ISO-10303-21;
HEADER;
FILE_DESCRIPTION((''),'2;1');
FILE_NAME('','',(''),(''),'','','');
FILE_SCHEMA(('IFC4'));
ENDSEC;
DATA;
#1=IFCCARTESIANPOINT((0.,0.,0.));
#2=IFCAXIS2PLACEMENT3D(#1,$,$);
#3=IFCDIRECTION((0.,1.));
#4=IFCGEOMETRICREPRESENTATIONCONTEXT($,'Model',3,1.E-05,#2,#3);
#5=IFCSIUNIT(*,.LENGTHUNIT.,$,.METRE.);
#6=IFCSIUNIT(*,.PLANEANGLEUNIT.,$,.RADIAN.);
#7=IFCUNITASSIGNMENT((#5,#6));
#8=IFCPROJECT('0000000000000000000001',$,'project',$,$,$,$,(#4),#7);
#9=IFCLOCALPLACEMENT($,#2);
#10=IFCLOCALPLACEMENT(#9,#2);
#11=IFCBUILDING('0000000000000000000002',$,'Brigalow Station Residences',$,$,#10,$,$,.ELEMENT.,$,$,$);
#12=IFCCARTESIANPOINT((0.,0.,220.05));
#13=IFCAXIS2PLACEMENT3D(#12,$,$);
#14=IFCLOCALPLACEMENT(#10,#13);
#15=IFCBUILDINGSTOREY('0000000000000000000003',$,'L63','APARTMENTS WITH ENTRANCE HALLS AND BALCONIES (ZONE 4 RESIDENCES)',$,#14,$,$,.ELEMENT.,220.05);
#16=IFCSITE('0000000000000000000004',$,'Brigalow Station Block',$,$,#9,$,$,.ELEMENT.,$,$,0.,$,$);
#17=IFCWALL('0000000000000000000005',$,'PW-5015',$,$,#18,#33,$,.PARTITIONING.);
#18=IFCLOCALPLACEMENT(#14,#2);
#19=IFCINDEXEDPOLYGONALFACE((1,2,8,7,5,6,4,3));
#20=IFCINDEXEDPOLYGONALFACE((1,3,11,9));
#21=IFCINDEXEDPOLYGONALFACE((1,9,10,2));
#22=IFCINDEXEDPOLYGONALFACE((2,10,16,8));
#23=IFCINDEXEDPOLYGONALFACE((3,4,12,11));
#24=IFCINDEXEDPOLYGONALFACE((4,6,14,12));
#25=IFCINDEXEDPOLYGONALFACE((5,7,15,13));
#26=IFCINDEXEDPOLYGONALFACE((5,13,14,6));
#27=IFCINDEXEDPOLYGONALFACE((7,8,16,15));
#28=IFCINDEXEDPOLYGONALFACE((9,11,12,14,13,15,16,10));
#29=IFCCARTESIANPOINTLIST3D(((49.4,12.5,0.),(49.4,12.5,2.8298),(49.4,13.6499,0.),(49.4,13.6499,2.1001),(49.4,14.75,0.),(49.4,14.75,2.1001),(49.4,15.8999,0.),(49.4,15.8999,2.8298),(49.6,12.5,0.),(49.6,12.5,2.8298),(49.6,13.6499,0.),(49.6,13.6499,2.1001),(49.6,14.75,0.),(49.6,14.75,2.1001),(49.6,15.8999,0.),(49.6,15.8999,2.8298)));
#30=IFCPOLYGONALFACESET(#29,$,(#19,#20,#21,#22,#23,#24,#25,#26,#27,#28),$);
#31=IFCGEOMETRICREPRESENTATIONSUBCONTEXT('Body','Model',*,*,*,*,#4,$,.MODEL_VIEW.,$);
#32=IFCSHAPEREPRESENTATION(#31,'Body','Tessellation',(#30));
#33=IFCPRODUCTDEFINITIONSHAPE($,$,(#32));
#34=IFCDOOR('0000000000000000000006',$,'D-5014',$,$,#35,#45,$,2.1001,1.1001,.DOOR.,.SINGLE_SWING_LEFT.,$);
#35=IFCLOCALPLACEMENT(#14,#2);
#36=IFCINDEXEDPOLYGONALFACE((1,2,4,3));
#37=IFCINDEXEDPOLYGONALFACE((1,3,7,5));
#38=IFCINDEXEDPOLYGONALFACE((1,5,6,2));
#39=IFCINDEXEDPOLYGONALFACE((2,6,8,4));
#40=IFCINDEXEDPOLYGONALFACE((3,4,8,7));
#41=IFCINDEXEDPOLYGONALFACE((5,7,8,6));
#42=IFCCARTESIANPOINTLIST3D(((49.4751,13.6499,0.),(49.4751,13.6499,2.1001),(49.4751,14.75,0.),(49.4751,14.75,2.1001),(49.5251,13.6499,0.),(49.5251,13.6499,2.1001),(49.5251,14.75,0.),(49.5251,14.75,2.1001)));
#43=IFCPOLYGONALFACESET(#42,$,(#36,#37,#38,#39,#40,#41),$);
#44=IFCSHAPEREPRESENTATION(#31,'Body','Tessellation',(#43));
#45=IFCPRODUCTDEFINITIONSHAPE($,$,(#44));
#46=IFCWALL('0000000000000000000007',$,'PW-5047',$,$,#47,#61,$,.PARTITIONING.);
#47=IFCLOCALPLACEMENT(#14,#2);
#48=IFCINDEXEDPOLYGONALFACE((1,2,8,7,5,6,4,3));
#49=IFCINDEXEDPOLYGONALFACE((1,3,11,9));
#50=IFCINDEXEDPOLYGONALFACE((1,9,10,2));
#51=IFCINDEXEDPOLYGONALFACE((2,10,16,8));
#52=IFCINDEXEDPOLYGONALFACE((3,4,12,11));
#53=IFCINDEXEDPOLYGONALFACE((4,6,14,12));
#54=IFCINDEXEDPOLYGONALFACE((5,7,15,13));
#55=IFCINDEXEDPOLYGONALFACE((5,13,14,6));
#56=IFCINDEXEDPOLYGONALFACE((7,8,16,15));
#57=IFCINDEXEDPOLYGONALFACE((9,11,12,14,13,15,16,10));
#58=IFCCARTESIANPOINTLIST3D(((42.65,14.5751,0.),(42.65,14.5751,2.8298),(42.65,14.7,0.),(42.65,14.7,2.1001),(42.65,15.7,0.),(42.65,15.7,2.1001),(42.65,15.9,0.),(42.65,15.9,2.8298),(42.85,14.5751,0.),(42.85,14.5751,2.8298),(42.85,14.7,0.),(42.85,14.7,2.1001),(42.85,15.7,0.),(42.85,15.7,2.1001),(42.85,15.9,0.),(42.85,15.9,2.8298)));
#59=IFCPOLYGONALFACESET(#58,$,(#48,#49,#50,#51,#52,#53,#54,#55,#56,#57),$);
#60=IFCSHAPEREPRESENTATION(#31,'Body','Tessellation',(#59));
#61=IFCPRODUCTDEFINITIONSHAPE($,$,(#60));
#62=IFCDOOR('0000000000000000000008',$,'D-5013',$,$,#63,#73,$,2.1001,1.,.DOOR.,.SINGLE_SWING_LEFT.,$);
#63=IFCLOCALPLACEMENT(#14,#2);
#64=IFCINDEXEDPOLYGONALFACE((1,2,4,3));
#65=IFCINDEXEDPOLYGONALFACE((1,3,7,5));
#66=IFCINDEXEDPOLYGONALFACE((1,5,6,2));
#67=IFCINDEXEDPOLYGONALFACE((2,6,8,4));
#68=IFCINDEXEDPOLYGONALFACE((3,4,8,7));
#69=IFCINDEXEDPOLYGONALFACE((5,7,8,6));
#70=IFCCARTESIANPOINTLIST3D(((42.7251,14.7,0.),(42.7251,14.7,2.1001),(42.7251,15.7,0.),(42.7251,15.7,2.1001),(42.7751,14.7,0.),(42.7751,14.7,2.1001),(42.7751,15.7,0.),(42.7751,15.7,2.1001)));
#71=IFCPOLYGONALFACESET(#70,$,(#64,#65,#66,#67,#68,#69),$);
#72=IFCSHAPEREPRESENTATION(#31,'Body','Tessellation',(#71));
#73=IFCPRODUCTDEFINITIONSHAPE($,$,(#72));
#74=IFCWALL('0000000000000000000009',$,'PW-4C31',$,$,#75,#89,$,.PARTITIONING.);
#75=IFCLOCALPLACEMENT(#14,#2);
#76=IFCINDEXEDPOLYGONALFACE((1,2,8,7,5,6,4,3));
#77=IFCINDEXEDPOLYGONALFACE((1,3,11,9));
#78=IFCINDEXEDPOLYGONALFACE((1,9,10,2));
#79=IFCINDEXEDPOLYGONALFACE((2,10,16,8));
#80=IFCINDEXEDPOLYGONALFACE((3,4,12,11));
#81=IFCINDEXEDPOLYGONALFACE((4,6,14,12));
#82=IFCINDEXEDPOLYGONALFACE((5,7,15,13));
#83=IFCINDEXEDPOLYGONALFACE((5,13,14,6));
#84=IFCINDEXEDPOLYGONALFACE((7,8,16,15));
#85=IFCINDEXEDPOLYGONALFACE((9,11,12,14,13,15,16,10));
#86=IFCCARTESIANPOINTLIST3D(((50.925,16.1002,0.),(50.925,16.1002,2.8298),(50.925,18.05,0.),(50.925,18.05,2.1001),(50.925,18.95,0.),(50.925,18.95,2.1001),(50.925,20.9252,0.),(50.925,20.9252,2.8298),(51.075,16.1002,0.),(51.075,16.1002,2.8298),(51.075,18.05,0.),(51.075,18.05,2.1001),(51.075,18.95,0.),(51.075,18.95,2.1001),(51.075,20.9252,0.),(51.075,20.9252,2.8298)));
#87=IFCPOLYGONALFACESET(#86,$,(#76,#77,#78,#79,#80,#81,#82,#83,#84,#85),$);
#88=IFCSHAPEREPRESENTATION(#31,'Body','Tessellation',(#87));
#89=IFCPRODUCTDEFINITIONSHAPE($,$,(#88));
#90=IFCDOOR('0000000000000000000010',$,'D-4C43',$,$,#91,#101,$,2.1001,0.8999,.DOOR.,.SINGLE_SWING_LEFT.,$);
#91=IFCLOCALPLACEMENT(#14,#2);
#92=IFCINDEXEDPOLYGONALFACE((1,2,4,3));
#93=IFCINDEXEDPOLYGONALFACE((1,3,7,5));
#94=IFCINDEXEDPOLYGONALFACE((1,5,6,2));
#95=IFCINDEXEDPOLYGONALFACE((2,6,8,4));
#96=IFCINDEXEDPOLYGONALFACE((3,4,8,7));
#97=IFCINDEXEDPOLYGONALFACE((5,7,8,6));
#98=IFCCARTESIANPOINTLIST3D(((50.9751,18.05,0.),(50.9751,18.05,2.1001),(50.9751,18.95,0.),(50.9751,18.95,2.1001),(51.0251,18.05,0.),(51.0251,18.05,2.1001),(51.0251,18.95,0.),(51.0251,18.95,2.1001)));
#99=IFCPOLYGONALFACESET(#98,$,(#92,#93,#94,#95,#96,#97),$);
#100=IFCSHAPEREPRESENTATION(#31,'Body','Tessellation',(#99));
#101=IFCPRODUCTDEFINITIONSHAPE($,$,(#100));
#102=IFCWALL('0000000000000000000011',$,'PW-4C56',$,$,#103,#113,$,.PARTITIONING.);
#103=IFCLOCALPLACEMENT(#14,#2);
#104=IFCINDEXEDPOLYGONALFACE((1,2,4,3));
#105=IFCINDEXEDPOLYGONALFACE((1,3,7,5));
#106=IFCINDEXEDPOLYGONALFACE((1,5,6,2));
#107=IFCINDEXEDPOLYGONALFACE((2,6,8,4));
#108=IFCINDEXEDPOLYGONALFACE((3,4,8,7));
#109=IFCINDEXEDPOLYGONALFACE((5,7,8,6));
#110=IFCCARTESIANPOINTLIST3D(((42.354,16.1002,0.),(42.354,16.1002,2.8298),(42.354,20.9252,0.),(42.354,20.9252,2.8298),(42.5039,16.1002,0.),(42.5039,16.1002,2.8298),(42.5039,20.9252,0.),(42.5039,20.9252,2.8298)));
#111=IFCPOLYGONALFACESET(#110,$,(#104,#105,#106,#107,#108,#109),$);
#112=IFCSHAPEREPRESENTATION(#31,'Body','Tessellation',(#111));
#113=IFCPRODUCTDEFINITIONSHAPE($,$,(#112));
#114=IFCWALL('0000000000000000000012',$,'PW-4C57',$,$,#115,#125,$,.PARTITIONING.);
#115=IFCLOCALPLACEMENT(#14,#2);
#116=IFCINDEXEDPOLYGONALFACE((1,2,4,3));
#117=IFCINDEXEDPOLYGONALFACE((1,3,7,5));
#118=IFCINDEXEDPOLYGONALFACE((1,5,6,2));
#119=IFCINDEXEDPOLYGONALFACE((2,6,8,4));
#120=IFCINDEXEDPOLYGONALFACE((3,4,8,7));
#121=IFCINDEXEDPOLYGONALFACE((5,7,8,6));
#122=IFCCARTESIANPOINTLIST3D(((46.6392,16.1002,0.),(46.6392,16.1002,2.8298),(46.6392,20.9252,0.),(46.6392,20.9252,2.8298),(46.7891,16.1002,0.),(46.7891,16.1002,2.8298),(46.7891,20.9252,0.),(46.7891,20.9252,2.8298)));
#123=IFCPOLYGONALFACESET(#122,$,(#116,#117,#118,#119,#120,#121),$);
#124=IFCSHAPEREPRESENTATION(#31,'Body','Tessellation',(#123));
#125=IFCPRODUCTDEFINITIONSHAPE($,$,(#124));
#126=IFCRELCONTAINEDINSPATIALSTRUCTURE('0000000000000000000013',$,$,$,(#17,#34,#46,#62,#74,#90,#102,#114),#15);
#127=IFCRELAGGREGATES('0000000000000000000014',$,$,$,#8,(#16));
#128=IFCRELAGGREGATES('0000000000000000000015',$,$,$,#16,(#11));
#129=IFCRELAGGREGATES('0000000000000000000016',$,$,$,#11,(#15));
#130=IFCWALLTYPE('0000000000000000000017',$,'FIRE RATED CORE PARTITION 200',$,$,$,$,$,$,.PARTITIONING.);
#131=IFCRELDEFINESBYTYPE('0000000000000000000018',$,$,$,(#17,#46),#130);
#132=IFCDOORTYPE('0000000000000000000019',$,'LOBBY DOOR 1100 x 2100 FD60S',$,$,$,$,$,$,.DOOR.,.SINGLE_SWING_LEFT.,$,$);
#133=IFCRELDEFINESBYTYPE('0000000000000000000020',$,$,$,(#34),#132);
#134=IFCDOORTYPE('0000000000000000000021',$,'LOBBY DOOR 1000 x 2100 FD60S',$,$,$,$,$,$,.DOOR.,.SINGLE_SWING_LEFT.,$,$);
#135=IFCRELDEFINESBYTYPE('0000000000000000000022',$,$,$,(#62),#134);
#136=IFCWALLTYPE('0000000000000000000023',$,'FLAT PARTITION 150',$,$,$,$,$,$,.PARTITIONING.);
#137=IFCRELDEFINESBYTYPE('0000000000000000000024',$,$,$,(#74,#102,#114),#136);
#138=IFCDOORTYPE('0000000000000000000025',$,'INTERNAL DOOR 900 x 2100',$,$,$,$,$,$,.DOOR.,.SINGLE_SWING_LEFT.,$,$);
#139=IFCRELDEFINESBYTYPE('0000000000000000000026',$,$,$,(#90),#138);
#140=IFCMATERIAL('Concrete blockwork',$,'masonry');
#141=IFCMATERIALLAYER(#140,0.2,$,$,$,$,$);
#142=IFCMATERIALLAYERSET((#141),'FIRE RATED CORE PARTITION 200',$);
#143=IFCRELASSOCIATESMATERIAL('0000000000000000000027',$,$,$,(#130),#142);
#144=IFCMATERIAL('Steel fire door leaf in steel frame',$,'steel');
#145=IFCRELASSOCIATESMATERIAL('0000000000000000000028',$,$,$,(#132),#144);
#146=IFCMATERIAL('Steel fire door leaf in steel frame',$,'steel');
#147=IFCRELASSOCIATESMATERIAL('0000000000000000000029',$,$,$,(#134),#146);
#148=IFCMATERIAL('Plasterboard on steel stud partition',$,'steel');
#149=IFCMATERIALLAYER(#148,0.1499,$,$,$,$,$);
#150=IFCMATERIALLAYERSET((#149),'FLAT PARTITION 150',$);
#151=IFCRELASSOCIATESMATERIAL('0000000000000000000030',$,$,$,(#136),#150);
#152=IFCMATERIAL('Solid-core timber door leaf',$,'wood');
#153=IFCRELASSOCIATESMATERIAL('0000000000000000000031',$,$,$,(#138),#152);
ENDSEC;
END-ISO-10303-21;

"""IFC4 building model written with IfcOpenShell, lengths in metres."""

from ifc_helpers import new_model, si_unit, direction, frame, frame_2d, origin, place, context, subcontext, project, spatial, rectangle, extrude, material, layer, layer_set, type_object, element, fill, save


model = new_model("IFC4")

# Units and contexts
model_context = context("Model", 3, precision=1e-05, world=origin(), true_north=direction((0.0, 1.0)))
body_context = subcontext(model_context, "Body", "Model", "MODEL_VIEW")
ifc_project = project(units=[si_unit("LENGTHUNIT", "METRE"), si_unit("PLANEANGLEUNIT", "RADIAN")], contexts=[model_context])

# Site, building, storey
site_placement = place(None, origin())
site = spatial("IfcSite", under=ifc_project, at=site_placement, Name="Brigalow Station Block", CompositionType="ELEMENT", RefElevation=0.0)
building_placement = place(site_placement, origin())
building = spatial("IfcBuilding", under=site, at=building_placement, Name="Brigalow Station Residences", CompositionType="ELEMENT")
storey_placement = place(building_placement, frame((0.0, 0.0, 220.05)))
storey = spatial("IfcBuildingStorey", under=building, at=storey_placement, Name="L63", Description="APARTMENTS WITH ENTRANCE HALLS AND BALCONIES (ZONE 4 RESIDENCES)", CompositionType="ELEMENT", Elevation=220.05)

# Shared definitions
ifc_material_1 = material(Name="Concrete blockwork", Category="masonry")
ifc_layer_1 = layer(ifc_material_1, 0.2)
ifc_layer_set_1 = layer_set([ifc_layer_1], Name="FIRE RATED CORE PARTITION 200")
wall_type_1 = type_object("IfcWallType", Name="FIRE RATED CORE PARTITION 200", PredefinedType="PARTITIONING", material=ifc_layer_set_1)

# Walls, openings, doors
wall_1_placement = place(storey_placement, frame((49.5, 12.5, 0.0), z_axis=(0.0, 0.0, 1.0), x_axis=(0.0, 1.0, 0.0)))
wall_1 = element("IfcWall", 1, at=wall_1_placement, inside=storey, type_object=wall_type_1, Name="PW-5015", PredefinedType="PARTITIONING", context=body_context, shape_type="SweptSolid", body=[
    extrude(rectangle(XDim=3.3999, YDim=0.2, at=frame_2d((1.7, 0.0))), origin(), (0.0, 0.0, 1.0), 2.8298),
])
opening_1_placement = place(wall_1_placement, frame((1.1499, 0.0, 0.0)))
opening_1 = element("IfcOpeningElement", 2, at=opening_1_placement, cuts=wall_1, PredefinedType="OPENING", context=body_context, shape_type="SweptSolid", body=[
    extrude(rectangle(XDim=1.1001, YDim=2.1001, at=frame_2d((0.55, 1.05))), frame((0.0, 0.1099, 0.0), z_axis=(0.0, -1.0, 0.0), x_axis=(1.0, 0.0, 0.0)), (0.0, 0.0, 1.0), 0.22),
])
ifc_material_2 = material(Name="Steel fire door leaf in steel frame", Category="steel")
door_type_1 = type_object("IfcDoorType", Name="LOBBY DOOR 1100 x 2100 FD60S", OperationType="SINGLE_SWING_LEFT", PredefinedType="DOOR", material=ifc_material_2)
door_1_placement = place(opening_1_placement, origin())
door_1 = element("IfcDoor", 3, at=door_1_placement, inside=storey, type_object=door_type_1, Name="D-5014", OperationType="SINGLE_SWING_LEFT", OverallHeight=2.1001, OverallWidth=1.1001, PredefinedType="DOOR", context=body_context, shape_type="SweptSolid", body=[
    extrude(rectangle(XDim=1.1001, YDim=2.1001, at=frame_2d((0.55, 1.05))), frame((0.0, 0.0249, 0.0), z_axis=(0.0, -1.0, 0.0), x_axis=(1.0, 0.0, 0.0)), (0.0, 0.0, 1.0), 0.05),
])
fill(opening_1, door_1)
wall_2_placement = place(storey_placement, frame((42.75, 14.575, 0.0), z_axis=(0.0, 0.0, 1.0), x_axis=(0.0, 1.0, 0.0)))
wall_2 = element("IfcWall", 4, at=wall_2_placement, inside=storey, type_object=wall_type_1, Name="PW-5047", PredefinedType="PARTITIONING", context=body_context, shape_type="SweptSolid", body=[
    extrude(rectangle(XDim=1.325, YDim=0.2, at=frame_2d((0.6626, 0.0))), origin(), (0.0, 0.0, 1.0), 2.8298),
])
opening_2_placement = place(wall_2_placement, frame((0.125, 0.0, 0.0)))
opening_2 = element("IfcOpeningElement", 5, at=opening_2_placement, cuts=wall_2, PredefinedType="OPENING", context=body_context, shape_type="SweptSolid", body=[
    extrude(rectangle(XDim=1.0, YDim=2.1001, at=frame_2d((0.5, 1.05))), frame((0.0, 0.1099, 0.0), z_axis=(0.0, -1.0, 0.0), x_axis=(1.0, 0.0, 0.0)), (0.0, 0.0, 1.0), 0.22),
])
ifc_material_3 = material(Name="Steel fire door leaf in steel frame", Category="steel")
door_type_2 = type_object("IfcDoorType", Name="LOBBY DOOR 1000 x 2100 FD60S", OperationType="SINGLE_SWING_LEFT", PredefinedType="DOOR", material=ifc_material_3)
door_2_placement = place(opening_2_placement, origin())
door_2 = element("IfcDoor", 6, at=door_2_placement, inside=storey, type_object=door_type_2, Name="D-5013", OperationType="SINGLE_SWING_LEFT", OverallHeight=2.1001, OverallWidth=1.0, PredefinedType="DOOR", context=body_context, shape_type="SweptSolid", body=[
    extrude(rectangle(XDim=1.0, YDim=2.1001, at=frame_2d((0.5, 1.05))), frame((0.0, 0.0249, 0.0), z_axis=(0.0, -1.0, 0.0), x_axis=(1.0, 0.0, 0.0)), (0.0, 0.0, 1.0), 0.05),
])
fill(opening_2, door_2)
ifc_material_4 = material(Name="Plasterboard on steel stud partition", Category="steel")
ifc_layer_2 = layer(ifc_material_4, 0.1499)
ifc_layer_set_2 = layer_set([ifc_layer_2], Name="FLAT PARTITION 150")
wall_type_2 = type_object("IfcWallType", Name="FLAT PARTITION 150", PredefinedType="PARTITIONING", material=ifc_layer_set_2)
wall_3_placement = place(storey_placement, frame((51.0, 16.1001, 0.0), z_axis=(0.0, 0.0, 1.0), x_axis=(0.0, 1.0, 0.0)))
wall_3 = element("IfcWall", 7, at=wall_3_placement, inside=storey, type_object=wall_type_2, Name="PW-4C31", PredefinedType="PARTITIONING", context=body_context, shape_type="SweptSolid", body=[
    extrude(rectangle(XDim=4.825, YDim=0.1499, at=frame_2d((2.4126, 0.0))), origin(), (0.0, 0.0, 1.0), 2.8298),
])
opening_3_placement = place(wall_3_placement, frame((1.95, 0.0, 0.0)))
opening_3 = element("IfcOpeningElement", 8, at=opening_3_placement, cuts=wall_3, PredefinedType="OPENING", context=body_context, shape_type="SweptSolid", body=[
    extrude(rectangle(XDim=0.8999, YDim=2.1001, at=frame_2d((0.45, 1.05))), frame((0.0, 0.085, 0.0), z_axis=(0.0, -1.0, 0.0), x_axis=(1.0, 0.0, 0.0)), (0.0, 0.0, 1.0), 0.1699),
])
ifc_material_5 = material(Name="Solid-core timber door leaf", Category="wood")
door_type_3 = type_object("IfcDoorType", Name="INTERNAL DOOR 900 x 2100", OperationType="SINGLE_SWING_LEFT", PredefinedType="DOOR", material=ifc_material_5)
door_3_placement = place(opening_3_placement, origin())
door_3 = element("IfcDoor", 9, at=door_3_placement, inside=storey, type_object=door_type_3, Name="D-4C43", OperationType="SINGLE_SWING_LEFT", OverallHeight=2.1001, OverallWidth=0.8999, PredefinedType="DOOR", context=body_context, shape_type="SweptSolid", body=[
    extrude(rectangle(XDim=0.8999, YDim=2.1001, at=frame_2d((0.45, 1.05))), frame((0.0, 0.0249, 0.0), z_axis=(0.0, -1.0, 0.0), x_axis=(1.0, 0.0, 0.0)), (0.0, 0.0, 1.0), 0.05),
])
fill(opening_3, door_3)

# Walls
for number, where, z_axis, x_axis, name in (
    (10, (42.429, 16.1001, 0.0), (0.0, 0.0, 1.0), (0.0, 1.0, 0.0), "PW-4C56"),
    (11, (46.7141, 16.1001, 0.0), (0.0, 0.0, 1.0), (0.0, 1.0, 0.0), "PW-4C57"),
):
    element("IfcWall", number, at=place(storey_placement, frame(where, z_axis=z_axis, x_axis=x_axis)), inside=storey, type_object=wall_type_2, Name=name, PredefinedType="PARTITIONING", context=body_context, shape_type="SweptSolid", body=[
        extrude(rectangle(XDim=4.825, YDim=0.1499, at=frame_2d((2.4126, 0.0))), origin(), (0.0, 0.0, 1.0), 2.8298),
    ])

save(model, "model.ifc")
